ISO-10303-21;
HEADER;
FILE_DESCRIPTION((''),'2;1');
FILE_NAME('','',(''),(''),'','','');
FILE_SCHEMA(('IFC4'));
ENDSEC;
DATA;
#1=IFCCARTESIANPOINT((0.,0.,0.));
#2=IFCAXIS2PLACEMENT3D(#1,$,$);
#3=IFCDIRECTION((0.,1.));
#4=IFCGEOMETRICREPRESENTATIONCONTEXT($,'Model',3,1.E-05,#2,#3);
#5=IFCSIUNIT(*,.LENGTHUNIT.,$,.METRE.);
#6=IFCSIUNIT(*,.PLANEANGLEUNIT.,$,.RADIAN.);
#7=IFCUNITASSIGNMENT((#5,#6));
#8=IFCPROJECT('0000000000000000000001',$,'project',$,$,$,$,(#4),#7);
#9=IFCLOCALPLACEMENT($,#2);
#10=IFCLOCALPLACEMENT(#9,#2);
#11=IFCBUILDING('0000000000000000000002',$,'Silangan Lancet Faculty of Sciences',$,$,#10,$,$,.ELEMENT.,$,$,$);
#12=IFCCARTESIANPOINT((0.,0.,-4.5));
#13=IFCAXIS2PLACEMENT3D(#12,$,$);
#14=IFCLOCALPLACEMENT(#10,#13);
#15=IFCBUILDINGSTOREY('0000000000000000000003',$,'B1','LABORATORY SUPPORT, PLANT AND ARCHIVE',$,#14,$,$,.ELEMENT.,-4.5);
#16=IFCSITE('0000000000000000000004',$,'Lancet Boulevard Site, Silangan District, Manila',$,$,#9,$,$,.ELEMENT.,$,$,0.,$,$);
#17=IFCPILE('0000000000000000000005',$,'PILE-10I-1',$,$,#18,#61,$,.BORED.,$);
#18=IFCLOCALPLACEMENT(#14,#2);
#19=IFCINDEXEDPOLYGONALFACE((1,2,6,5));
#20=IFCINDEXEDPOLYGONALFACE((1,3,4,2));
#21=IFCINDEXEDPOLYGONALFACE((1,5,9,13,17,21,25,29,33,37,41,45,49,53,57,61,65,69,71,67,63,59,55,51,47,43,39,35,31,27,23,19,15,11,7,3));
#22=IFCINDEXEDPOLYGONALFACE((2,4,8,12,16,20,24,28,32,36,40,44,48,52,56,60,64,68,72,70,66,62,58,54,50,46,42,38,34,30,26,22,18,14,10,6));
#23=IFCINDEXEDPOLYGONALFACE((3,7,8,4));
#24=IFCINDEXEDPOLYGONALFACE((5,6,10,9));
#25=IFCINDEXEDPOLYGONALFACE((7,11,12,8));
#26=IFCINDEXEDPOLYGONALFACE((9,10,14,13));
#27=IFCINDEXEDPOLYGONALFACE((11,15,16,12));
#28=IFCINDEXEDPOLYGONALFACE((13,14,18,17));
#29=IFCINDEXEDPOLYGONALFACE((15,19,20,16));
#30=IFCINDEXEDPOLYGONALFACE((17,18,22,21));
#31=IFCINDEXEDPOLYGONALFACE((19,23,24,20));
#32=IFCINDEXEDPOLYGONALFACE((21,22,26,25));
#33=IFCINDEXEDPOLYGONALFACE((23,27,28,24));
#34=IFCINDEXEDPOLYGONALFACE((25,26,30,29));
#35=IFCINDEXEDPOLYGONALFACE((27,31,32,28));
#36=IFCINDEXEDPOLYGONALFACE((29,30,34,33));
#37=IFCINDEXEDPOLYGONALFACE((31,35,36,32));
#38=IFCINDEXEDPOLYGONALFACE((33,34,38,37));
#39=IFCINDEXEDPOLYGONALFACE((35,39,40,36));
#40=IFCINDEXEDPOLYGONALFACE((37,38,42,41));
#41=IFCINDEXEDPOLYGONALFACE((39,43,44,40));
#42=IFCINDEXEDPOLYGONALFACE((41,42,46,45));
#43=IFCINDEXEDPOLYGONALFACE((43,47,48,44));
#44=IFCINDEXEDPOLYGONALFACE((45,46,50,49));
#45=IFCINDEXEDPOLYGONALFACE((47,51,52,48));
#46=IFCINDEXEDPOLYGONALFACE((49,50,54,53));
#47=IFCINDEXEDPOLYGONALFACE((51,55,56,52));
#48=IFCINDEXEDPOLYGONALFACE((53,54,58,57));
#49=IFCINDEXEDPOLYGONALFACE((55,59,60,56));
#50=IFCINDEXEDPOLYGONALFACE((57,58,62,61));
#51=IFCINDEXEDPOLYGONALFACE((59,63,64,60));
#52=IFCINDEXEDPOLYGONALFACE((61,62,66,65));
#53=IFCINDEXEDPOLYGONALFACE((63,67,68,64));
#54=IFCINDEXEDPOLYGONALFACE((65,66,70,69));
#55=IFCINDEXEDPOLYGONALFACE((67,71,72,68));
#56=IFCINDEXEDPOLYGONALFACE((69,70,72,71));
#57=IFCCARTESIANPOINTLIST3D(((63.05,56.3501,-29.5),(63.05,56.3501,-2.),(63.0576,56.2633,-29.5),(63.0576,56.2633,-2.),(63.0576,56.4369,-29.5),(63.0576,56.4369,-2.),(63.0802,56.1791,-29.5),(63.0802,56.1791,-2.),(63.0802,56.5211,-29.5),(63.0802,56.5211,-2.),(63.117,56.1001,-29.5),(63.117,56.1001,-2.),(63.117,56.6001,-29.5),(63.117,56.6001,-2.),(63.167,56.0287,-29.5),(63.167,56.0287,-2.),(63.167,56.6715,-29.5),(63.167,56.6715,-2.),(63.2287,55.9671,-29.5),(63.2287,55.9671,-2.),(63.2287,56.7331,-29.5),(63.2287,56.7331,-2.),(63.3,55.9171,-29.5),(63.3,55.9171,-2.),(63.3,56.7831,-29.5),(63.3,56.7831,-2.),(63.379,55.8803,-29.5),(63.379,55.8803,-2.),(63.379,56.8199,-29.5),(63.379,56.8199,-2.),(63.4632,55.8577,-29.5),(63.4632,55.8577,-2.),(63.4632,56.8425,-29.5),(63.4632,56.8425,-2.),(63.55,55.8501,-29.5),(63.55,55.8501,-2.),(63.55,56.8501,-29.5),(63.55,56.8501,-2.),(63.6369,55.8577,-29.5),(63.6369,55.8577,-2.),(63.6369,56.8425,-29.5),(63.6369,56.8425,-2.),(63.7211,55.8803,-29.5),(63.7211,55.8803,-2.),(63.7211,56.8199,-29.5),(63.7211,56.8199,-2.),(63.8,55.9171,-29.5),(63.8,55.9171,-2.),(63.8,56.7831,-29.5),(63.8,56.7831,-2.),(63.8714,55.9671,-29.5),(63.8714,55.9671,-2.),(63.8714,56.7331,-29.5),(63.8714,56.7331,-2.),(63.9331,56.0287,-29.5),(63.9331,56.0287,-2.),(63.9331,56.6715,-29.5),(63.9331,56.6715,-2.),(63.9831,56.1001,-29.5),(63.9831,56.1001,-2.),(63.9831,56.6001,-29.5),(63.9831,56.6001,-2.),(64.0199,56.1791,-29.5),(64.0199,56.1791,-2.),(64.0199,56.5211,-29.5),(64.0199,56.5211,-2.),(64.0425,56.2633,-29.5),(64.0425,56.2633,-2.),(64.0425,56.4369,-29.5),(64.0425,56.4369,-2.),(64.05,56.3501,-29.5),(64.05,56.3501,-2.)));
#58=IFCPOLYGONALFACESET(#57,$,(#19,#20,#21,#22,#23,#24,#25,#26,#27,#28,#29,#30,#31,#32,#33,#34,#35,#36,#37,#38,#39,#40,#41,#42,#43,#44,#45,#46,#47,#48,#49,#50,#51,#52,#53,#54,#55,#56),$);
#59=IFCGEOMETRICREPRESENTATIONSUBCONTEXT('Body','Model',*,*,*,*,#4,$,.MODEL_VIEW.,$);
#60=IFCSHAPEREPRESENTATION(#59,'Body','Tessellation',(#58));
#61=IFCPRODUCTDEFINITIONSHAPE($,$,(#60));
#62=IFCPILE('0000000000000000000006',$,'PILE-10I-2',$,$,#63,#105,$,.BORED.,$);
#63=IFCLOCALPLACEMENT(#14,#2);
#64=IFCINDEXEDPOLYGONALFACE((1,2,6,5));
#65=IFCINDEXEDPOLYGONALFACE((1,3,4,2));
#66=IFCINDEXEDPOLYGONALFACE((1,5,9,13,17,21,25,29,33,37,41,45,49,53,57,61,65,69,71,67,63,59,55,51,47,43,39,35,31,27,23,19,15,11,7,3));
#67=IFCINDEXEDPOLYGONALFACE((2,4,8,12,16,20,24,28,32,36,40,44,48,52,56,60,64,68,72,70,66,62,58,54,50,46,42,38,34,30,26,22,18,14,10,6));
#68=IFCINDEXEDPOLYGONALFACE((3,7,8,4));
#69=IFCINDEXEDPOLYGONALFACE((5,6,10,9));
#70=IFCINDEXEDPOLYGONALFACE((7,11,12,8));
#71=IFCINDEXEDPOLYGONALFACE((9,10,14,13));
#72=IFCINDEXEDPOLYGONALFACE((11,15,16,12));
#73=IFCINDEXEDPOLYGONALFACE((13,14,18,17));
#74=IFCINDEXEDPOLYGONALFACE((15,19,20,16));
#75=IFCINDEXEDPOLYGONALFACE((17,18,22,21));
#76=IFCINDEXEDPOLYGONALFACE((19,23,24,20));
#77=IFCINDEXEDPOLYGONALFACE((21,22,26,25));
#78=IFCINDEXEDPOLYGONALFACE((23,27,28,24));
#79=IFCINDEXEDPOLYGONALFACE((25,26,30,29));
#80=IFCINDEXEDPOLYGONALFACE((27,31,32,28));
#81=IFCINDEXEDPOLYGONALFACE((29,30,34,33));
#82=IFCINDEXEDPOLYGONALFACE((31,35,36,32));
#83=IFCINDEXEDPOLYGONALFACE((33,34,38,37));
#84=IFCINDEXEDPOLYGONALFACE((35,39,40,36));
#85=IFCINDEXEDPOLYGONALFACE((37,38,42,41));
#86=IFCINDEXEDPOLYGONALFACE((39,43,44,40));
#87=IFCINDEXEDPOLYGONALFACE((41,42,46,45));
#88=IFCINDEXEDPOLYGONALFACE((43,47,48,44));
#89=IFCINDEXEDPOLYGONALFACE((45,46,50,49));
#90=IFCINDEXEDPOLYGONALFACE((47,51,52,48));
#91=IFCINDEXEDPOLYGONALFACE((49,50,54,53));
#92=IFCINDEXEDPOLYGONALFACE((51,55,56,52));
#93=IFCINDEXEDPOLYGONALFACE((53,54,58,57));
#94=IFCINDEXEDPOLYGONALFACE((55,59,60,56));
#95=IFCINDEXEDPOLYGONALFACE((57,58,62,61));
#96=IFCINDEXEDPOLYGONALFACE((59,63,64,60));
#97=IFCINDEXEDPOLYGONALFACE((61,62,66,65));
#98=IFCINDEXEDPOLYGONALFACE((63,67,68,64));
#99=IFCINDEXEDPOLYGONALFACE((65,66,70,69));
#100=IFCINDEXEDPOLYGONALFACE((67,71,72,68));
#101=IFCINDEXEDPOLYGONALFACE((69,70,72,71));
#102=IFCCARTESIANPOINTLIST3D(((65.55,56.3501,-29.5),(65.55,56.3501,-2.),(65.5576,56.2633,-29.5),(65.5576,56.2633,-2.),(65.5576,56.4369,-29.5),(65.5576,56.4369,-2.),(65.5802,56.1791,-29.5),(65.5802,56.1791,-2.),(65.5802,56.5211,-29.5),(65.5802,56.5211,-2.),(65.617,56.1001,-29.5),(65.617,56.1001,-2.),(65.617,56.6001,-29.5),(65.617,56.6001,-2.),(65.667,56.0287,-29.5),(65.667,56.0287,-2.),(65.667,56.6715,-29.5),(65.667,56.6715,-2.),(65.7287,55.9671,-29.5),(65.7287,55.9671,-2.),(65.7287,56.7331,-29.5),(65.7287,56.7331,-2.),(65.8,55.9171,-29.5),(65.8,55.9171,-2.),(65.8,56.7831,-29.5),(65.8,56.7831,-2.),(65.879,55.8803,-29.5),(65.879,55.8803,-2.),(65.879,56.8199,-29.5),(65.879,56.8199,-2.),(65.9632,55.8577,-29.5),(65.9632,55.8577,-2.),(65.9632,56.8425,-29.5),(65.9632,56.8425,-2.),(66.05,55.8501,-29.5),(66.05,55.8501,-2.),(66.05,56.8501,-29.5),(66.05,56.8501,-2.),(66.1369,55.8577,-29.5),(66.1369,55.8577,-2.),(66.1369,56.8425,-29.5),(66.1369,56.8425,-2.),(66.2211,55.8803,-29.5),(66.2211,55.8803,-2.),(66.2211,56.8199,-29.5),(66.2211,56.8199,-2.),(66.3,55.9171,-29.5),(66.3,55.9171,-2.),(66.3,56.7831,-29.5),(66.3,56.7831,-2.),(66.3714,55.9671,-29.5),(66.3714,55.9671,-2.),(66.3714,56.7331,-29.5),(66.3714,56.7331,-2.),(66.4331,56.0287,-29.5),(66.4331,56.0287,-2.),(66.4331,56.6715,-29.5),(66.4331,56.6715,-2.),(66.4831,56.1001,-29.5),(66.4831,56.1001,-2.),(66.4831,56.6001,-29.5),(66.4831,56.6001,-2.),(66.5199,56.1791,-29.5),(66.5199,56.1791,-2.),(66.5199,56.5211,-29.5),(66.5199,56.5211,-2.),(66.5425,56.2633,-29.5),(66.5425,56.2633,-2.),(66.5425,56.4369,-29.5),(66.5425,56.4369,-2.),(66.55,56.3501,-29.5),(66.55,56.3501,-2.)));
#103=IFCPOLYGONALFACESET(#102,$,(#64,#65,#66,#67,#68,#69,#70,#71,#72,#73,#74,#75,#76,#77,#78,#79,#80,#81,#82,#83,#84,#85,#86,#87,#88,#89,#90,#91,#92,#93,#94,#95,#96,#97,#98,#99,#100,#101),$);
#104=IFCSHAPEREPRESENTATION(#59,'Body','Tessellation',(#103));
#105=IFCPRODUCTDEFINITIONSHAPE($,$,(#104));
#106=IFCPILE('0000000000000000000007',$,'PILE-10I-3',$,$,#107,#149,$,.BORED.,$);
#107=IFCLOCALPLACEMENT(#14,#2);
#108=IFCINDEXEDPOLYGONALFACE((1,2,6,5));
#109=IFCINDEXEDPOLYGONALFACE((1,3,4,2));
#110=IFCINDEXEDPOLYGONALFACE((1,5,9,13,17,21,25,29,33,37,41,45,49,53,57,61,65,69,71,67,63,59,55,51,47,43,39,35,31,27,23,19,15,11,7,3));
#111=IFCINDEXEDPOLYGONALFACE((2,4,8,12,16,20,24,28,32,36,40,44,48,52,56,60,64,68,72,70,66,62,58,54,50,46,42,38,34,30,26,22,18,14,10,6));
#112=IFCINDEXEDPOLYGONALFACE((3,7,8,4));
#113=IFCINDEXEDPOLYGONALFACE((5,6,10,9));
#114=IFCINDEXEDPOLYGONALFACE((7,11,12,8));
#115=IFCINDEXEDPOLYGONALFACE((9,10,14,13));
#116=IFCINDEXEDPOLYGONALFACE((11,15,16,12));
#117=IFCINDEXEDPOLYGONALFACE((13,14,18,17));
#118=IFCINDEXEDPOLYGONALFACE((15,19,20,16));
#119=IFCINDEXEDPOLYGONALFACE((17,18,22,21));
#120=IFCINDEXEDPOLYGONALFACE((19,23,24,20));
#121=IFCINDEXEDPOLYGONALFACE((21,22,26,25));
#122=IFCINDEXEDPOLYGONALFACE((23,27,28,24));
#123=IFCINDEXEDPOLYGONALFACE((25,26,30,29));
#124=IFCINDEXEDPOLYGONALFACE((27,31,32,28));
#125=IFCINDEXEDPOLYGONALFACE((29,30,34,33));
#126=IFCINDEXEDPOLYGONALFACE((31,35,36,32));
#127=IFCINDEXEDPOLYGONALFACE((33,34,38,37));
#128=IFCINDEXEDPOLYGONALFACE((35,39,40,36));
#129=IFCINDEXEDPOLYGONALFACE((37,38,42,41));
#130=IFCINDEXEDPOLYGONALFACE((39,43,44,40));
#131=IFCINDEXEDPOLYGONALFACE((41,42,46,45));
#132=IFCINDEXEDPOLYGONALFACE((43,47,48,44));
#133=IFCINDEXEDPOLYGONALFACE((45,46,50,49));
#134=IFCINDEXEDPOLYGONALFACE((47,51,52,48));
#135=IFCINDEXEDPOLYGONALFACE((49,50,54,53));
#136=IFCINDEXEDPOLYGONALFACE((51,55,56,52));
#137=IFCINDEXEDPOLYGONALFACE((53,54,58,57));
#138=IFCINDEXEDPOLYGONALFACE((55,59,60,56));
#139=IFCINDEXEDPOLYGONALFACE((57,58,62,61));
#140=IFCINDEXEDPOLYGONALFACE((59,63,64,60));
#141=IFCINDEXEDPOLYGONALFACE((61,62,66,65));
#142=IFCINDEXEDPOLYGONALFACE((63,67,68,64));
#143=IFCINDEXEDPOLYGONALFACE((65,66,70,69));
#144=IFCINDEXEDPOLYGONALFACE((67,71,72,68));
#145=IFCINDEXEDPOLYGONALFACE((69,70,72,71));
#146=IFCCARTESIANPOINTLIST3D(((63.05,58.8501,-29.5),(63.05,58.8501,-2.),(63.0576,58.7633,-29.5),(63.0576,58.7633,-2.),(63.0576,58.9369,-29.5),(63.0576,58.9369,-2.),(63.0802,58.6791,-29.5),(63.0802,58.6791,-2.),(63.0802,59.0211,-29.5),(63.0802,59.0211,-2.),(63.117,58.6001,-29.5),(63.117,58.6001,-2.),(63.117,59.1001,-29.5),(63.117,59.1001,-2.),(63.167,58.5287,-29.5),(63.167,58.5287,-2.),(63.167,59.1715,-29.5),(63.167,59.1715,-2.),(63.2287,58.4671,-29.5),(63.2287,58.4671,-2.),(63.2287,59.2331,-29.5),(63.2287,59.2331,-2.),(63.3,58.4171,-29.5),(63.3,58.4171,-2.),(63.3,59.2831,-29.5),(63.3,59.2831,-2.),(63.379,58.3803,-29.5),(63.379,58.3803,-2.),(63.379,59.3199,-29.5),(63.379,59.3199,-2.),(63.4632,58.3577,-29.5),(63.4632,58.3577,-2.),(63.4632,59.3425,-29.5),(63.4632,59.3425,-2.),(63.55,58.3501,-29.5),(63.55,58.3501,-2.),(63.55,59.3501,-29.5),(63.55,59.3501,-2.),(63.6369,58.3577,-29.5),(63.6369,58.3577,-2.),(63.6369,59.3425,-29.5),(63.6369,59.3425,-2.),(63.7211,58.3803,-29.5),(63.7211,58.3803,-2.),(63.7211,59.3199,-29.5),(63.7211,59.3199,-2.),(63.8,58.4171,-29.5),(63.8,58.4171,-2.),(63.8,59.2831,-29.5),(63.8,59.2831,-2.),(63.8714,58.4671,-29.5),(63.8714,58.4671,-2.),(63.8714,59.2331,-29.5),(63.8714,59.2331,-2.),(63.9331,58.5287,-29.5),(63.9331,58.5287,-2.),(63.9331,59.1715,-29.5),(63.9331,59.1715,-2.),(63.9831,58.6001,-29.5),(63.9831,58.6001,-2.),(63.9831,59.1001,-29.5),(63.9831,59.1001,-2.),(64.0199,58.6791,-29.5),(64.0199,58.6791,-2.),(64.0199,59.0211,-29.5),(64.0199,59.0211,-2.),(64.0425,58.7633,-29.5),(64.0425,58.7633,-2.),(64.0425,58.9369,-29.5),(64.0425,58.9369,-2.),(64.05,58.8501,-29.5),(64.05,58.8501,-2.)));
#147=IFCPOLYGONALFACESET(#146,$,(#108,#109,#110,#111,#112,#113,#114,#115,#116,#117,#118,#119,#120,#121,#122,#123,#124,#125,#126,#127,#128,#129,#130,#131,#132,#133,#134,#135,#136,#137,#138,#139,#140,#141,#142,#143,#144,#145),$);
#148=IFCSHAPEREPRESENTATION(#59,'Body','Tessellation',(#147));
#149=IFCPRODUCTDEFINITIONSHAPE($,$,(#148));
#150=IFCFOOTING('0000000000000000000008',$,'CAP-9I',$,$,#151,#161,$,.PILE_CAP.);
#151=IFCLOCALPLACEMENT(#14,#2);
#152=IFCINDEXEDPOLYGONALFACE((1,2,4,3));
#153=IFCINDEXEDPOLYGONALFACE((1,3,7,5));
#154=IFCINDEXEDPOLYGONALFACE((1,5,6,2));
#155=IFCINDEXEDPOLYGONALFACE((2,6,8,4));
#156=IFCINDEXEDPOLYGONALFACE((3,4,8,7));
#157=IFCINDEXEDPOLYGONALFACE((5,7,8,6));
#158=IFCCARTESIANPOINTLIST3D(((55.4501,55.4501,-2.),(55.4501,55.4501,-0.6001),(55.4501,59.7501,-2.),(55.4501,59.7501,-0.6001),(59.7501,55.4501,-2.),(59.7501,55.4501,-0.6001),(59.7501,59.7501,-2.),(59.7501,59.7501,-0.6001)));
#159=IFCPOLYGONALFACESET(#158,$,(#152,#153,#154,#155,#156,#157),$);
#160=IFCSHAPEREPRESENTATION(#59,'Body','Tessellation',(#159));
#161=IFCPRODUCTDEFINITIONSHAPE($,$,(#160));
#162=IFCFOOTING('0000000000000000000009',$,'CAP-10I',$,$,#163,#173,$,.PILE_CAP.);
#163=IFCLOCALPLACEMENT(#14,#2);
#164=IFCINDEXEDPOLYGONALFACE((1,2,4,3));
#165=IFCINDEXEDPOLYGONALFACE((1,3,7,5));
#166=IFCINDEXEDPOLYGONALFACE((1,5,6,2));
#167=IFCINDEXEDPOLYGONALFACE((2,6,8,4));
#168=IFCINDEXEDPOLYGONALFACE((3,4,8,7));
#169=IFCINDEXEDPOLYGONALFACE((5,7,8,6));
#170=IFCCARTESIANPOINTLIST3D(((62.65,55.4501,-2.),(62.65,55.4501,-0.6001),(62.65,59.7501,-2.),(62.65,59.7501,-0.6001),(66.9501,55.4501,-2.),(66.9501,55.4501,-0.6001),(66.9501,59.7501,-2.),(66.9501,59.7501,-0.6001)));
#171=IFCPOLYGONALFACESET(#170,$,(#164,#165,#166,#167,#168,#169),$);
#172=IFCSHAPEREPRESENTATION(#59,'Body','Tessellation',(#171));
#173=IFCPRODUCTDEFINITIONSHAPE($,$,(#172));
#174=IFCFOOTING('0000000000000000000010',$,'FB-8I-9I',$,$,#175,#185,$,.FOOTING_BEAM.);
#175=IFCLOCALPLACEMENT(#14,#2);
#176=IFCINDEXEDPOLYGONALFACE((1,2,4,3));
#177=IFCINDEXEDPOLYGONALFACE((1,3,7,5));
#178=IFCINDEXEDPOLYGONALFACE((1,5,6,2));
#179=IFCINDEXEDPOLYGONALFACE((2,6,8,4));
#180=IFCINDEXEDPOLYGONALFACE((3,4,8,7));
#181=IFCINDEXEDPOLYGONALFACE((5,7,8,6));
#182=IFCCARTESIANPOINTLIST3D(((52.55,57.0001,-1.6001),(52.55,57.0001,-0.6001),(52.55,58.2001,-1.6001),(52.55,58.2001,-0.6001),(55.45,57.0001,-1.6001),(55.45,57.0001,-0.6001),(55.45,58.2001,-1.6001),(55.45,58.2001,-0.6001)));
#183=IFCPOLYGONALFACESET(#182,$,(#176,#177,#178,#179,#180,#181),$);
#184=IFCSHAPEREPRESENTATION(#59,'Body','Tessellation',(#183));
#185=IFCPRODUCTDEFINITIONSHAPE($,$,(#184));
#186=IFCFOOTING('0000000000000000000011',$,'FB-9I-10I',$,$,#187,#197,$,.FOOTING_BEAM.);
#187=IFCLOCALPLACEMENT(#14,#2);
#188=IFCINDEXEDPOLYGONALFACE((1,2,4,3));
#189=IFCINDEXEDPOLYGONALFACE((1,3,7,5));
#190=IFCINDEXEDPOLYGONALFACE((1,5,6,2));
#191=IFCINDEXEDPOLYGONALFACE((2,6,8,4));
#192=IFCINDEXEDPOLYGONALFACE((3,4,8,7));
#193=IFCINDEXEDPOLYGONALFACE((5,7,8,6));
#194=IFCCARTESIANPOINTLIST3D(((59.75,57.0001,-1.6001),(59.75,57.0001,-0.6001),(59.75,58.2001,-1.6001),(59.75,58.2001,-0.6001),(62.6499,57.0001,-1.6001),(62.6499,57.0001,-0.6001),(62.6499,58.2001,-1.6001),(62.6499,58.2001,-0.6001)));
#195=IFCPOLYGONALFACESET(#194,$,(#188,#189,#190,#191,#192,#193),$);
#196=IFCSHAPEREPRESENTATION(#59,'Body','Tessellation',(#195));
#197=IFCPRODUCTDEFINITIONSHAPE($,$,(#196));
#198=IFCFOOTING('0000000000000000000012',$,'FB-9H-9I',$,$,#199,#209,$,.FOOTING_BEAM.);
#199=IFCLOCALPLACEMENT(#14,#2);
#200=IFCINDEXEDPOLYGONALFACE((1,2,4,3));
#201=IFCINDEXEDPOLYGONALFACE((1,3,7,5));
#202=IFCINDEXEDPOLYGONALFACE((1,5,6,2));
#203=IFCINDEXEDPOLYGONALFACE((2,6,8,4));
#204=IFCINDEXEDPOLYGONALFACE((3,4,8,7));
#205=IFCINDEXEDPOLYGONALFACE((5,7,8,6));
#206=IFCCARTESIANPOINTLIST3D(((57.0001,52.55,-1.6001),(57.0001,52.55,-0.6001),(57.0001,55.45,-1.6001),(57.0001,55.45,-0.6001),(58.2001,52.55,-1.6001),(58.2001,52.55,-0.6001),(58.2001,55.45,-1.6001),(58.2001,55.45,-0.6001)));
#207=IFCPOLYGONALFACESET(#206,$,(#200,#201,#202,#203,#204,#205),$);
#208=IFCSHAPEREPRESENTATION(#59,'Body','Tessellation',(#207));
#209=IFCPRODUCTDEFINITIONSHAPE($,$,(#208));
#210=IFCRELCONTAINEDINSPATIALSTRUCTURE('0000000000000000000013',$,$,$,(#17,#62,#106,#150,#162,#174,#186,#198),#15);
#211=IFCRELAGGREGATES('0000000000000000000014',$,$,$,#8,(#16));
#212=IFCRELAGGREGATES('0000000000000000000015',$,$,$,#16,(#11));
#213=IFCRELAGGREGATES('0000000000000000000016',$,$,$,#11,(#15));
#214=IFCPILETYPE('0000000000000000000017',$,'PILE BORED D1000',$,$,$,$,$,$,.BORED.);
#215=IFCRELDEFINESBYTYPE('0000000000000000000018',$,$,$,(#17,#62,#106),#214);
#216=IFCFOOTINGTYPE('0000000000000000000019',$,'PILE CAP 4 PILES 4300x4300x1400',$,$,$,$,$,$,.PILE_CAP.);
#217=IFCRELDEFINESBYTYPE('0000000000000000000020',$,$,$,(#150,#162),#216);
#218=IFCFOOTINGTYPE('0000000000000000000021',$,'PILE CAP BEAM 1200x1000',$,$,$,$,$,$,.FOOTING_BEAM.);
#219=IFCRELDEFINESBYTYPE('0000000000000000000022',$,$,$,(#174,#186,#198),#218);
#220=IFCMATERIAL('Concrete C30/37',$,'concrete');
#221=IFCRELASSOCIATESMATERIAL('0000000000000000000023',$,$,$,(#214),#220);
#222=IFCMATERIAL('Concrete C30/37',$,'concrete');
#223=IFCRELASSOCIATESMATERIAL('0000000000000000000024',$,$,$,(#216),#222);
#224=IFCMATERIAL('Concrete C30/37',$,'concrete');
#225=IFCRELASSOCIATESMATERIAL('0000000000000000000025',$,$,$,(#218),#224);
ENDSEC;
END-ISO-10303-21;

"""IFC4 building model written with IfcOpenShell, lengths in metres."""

from ifc_helpers import new_model, si_unit, direction, frame, origin, origin_2d, place, context, subcontext, project, spatial, rectangle, circle, extrude, material, material_profile, profile_set, type_object, element, save


model = new_model("IFC4")

# Units and contexts
model_context = context("Model", 3, precision=1e-05, world=origin(), true_north=direction((0.0, 1.0)))
body_context = subcontext(model_context, "Body", "Model", "MODEL_VIEW")
ifc_project = project(units=[si_unit("LENGTHUNIT", "METRE"), si_unit("PLANEANGLEUNIT", "RADIAN")], contexts=[model_context])

# Site, building, storey
site_placement = place(None, origin())
site = spatial("IfcSite", under=ifc_project, at=site_placement, Name="Lancet Boulevard Site, Silangan District, Manila", CompositionType="ELEMENT", RefElevation=0.0)
building_placement = place(site_placement, origin())
building = spatial("IfcBuilding", under=site, at=building_placement, Name="Silangan Lancet Faculty of Sciences", CompositionType="ELEMENT")
storey_placement = place(building_placement, frame((0.0, 0.0, -4.5)))
storey = spatial("IfcBuildingStorey", under=building, at=storey_placement, Name="B1", Description="LABORATORY SUPPORT, PLANT AND ARCHIVE", CompositionType="ELEMENT", Elevation=-4.5)

# Piles
ifc_material_1 = material(Name="Concrete C30/37", Category="concrete")
ifc_material_profile_1 = material_profile(ifc_material_1, circle(Radius=0.5, at=origin_2d()), Name="BORED PILE D1000")
ifc_profile_set_1 = profile_set([ifc_material_profile_1], Name="Concrete C30/37")
pile_type = type_object("IfcPileType", Name="PILE BORED D1000", PredefinedType="BORED", material=ifc_profile_set_1)
for number, where, z_axis, x_axis, name in (
    (1, (63.55, 56.3501, -2.0), (0.0, 0.0, -1.0), (1.0, 0.0, 0.0), "PILE-10I-1"),
    (2, (66.05, 56.3501, -2.0), (0.0, 0.0, -1.0), (1.0, 0.0, 0.0), "PILE-10I-2"),
    (3, (63.55, 58.8501, -2.0), (0.0, 0.0, -1.0), (1.0, 0.0, 0.0), "PILE-10I-3"),
):
    element("IfcPile", number, at=place(storey_placement, frame(where, z_axis=z_axis, x_axis=x_axis)), inside=storey, type_object=pile_type, Name=name, PredefinedType="BORED", context=body_context, shape_type="SweptSolid", body=[
        extrude(circle(Radius=0.5, at=origin_2d()), origin(), (0.0, 0.0, 1.0), 27.5),
    ])

# Footings
ifc_material_2 = material(Name="Concrete C30/37", Category="concrete")
footing_type_1 = type_object("IfcFootingType", Name="PILE CAP 4 PILES 4300x4300x1400", PredefinedType="PILE_CAP", material=ifc_material_2)
for number, where, z_axis, x_axis, name in (
    (4, (57.6001, 57.6001, -2.0), (0.0, 0.0, 1.0), (1.0, 0.0, 0.0), "CAP-9I"),
    (5, (64.8, 57.6001, -2.0), (0.0, 0.0, 1.0), (1.0, 0.0, 0.0), "CAP-10I"),
):
    element("IfcFooting", number, at=place(storey_placement, frame(where, z_axis=z_axis, x_axis=x_axis)), inside=storey, type_object=footing_type_1, Name=name, PredefinedType="PILE_CAP", context=body_context, shape_type="SweptSolid", body=[
        extrude(rectangle(XDim=4.3, YDim=4.3, at=origin_2d()), origin(), (0.0, 0.0, 1.0), 1.3999),
    ])
ifc_material_3 = material(Name="Concrete C30/37", Category="concrete")
footing_type_2 = type_object("IfcFootingType", Name="PILE CAP BEAM 1200x1000", PredefinedType="FOOTING_BEAM", material=ifc_material_3)
for number, where, z_axis, x_axis, name in (
    (6, (54.0, 57.6001, -1.6001), (0.0, 0.0, 1.0), (1.0, 0.0, 0.0), "FB-8I-9I"),
    (7, (61.2, 57.6001, -1.6001), (0.0, 0.0, 1.0), (1.0, 0.0, 0.0), "FB-9I-10I"),
    (8, (57.6001, 54.0, -1.6001), (0.0, 0.0, 1.0), (0.0, 1.0, 0.0), "FB-9H-9I"),
):
    element("IfcFooting", number, at=place(storey_placement, frame(where, z_axis=z_axis, x_axis=x_axis)), inside=storey, type_object=footing_type_2, Name=name, PredefinedType="FOOTING_BEAM", context=body_context, shape_type="SweptSolid", body=[
        extrude(rectangle(XDim=2.8999, YDim=1.2, at=origin_2d()), origin(), (0.0, 0.0, 1.0), 1.0),
    ])

save(model, "model.ifc")
